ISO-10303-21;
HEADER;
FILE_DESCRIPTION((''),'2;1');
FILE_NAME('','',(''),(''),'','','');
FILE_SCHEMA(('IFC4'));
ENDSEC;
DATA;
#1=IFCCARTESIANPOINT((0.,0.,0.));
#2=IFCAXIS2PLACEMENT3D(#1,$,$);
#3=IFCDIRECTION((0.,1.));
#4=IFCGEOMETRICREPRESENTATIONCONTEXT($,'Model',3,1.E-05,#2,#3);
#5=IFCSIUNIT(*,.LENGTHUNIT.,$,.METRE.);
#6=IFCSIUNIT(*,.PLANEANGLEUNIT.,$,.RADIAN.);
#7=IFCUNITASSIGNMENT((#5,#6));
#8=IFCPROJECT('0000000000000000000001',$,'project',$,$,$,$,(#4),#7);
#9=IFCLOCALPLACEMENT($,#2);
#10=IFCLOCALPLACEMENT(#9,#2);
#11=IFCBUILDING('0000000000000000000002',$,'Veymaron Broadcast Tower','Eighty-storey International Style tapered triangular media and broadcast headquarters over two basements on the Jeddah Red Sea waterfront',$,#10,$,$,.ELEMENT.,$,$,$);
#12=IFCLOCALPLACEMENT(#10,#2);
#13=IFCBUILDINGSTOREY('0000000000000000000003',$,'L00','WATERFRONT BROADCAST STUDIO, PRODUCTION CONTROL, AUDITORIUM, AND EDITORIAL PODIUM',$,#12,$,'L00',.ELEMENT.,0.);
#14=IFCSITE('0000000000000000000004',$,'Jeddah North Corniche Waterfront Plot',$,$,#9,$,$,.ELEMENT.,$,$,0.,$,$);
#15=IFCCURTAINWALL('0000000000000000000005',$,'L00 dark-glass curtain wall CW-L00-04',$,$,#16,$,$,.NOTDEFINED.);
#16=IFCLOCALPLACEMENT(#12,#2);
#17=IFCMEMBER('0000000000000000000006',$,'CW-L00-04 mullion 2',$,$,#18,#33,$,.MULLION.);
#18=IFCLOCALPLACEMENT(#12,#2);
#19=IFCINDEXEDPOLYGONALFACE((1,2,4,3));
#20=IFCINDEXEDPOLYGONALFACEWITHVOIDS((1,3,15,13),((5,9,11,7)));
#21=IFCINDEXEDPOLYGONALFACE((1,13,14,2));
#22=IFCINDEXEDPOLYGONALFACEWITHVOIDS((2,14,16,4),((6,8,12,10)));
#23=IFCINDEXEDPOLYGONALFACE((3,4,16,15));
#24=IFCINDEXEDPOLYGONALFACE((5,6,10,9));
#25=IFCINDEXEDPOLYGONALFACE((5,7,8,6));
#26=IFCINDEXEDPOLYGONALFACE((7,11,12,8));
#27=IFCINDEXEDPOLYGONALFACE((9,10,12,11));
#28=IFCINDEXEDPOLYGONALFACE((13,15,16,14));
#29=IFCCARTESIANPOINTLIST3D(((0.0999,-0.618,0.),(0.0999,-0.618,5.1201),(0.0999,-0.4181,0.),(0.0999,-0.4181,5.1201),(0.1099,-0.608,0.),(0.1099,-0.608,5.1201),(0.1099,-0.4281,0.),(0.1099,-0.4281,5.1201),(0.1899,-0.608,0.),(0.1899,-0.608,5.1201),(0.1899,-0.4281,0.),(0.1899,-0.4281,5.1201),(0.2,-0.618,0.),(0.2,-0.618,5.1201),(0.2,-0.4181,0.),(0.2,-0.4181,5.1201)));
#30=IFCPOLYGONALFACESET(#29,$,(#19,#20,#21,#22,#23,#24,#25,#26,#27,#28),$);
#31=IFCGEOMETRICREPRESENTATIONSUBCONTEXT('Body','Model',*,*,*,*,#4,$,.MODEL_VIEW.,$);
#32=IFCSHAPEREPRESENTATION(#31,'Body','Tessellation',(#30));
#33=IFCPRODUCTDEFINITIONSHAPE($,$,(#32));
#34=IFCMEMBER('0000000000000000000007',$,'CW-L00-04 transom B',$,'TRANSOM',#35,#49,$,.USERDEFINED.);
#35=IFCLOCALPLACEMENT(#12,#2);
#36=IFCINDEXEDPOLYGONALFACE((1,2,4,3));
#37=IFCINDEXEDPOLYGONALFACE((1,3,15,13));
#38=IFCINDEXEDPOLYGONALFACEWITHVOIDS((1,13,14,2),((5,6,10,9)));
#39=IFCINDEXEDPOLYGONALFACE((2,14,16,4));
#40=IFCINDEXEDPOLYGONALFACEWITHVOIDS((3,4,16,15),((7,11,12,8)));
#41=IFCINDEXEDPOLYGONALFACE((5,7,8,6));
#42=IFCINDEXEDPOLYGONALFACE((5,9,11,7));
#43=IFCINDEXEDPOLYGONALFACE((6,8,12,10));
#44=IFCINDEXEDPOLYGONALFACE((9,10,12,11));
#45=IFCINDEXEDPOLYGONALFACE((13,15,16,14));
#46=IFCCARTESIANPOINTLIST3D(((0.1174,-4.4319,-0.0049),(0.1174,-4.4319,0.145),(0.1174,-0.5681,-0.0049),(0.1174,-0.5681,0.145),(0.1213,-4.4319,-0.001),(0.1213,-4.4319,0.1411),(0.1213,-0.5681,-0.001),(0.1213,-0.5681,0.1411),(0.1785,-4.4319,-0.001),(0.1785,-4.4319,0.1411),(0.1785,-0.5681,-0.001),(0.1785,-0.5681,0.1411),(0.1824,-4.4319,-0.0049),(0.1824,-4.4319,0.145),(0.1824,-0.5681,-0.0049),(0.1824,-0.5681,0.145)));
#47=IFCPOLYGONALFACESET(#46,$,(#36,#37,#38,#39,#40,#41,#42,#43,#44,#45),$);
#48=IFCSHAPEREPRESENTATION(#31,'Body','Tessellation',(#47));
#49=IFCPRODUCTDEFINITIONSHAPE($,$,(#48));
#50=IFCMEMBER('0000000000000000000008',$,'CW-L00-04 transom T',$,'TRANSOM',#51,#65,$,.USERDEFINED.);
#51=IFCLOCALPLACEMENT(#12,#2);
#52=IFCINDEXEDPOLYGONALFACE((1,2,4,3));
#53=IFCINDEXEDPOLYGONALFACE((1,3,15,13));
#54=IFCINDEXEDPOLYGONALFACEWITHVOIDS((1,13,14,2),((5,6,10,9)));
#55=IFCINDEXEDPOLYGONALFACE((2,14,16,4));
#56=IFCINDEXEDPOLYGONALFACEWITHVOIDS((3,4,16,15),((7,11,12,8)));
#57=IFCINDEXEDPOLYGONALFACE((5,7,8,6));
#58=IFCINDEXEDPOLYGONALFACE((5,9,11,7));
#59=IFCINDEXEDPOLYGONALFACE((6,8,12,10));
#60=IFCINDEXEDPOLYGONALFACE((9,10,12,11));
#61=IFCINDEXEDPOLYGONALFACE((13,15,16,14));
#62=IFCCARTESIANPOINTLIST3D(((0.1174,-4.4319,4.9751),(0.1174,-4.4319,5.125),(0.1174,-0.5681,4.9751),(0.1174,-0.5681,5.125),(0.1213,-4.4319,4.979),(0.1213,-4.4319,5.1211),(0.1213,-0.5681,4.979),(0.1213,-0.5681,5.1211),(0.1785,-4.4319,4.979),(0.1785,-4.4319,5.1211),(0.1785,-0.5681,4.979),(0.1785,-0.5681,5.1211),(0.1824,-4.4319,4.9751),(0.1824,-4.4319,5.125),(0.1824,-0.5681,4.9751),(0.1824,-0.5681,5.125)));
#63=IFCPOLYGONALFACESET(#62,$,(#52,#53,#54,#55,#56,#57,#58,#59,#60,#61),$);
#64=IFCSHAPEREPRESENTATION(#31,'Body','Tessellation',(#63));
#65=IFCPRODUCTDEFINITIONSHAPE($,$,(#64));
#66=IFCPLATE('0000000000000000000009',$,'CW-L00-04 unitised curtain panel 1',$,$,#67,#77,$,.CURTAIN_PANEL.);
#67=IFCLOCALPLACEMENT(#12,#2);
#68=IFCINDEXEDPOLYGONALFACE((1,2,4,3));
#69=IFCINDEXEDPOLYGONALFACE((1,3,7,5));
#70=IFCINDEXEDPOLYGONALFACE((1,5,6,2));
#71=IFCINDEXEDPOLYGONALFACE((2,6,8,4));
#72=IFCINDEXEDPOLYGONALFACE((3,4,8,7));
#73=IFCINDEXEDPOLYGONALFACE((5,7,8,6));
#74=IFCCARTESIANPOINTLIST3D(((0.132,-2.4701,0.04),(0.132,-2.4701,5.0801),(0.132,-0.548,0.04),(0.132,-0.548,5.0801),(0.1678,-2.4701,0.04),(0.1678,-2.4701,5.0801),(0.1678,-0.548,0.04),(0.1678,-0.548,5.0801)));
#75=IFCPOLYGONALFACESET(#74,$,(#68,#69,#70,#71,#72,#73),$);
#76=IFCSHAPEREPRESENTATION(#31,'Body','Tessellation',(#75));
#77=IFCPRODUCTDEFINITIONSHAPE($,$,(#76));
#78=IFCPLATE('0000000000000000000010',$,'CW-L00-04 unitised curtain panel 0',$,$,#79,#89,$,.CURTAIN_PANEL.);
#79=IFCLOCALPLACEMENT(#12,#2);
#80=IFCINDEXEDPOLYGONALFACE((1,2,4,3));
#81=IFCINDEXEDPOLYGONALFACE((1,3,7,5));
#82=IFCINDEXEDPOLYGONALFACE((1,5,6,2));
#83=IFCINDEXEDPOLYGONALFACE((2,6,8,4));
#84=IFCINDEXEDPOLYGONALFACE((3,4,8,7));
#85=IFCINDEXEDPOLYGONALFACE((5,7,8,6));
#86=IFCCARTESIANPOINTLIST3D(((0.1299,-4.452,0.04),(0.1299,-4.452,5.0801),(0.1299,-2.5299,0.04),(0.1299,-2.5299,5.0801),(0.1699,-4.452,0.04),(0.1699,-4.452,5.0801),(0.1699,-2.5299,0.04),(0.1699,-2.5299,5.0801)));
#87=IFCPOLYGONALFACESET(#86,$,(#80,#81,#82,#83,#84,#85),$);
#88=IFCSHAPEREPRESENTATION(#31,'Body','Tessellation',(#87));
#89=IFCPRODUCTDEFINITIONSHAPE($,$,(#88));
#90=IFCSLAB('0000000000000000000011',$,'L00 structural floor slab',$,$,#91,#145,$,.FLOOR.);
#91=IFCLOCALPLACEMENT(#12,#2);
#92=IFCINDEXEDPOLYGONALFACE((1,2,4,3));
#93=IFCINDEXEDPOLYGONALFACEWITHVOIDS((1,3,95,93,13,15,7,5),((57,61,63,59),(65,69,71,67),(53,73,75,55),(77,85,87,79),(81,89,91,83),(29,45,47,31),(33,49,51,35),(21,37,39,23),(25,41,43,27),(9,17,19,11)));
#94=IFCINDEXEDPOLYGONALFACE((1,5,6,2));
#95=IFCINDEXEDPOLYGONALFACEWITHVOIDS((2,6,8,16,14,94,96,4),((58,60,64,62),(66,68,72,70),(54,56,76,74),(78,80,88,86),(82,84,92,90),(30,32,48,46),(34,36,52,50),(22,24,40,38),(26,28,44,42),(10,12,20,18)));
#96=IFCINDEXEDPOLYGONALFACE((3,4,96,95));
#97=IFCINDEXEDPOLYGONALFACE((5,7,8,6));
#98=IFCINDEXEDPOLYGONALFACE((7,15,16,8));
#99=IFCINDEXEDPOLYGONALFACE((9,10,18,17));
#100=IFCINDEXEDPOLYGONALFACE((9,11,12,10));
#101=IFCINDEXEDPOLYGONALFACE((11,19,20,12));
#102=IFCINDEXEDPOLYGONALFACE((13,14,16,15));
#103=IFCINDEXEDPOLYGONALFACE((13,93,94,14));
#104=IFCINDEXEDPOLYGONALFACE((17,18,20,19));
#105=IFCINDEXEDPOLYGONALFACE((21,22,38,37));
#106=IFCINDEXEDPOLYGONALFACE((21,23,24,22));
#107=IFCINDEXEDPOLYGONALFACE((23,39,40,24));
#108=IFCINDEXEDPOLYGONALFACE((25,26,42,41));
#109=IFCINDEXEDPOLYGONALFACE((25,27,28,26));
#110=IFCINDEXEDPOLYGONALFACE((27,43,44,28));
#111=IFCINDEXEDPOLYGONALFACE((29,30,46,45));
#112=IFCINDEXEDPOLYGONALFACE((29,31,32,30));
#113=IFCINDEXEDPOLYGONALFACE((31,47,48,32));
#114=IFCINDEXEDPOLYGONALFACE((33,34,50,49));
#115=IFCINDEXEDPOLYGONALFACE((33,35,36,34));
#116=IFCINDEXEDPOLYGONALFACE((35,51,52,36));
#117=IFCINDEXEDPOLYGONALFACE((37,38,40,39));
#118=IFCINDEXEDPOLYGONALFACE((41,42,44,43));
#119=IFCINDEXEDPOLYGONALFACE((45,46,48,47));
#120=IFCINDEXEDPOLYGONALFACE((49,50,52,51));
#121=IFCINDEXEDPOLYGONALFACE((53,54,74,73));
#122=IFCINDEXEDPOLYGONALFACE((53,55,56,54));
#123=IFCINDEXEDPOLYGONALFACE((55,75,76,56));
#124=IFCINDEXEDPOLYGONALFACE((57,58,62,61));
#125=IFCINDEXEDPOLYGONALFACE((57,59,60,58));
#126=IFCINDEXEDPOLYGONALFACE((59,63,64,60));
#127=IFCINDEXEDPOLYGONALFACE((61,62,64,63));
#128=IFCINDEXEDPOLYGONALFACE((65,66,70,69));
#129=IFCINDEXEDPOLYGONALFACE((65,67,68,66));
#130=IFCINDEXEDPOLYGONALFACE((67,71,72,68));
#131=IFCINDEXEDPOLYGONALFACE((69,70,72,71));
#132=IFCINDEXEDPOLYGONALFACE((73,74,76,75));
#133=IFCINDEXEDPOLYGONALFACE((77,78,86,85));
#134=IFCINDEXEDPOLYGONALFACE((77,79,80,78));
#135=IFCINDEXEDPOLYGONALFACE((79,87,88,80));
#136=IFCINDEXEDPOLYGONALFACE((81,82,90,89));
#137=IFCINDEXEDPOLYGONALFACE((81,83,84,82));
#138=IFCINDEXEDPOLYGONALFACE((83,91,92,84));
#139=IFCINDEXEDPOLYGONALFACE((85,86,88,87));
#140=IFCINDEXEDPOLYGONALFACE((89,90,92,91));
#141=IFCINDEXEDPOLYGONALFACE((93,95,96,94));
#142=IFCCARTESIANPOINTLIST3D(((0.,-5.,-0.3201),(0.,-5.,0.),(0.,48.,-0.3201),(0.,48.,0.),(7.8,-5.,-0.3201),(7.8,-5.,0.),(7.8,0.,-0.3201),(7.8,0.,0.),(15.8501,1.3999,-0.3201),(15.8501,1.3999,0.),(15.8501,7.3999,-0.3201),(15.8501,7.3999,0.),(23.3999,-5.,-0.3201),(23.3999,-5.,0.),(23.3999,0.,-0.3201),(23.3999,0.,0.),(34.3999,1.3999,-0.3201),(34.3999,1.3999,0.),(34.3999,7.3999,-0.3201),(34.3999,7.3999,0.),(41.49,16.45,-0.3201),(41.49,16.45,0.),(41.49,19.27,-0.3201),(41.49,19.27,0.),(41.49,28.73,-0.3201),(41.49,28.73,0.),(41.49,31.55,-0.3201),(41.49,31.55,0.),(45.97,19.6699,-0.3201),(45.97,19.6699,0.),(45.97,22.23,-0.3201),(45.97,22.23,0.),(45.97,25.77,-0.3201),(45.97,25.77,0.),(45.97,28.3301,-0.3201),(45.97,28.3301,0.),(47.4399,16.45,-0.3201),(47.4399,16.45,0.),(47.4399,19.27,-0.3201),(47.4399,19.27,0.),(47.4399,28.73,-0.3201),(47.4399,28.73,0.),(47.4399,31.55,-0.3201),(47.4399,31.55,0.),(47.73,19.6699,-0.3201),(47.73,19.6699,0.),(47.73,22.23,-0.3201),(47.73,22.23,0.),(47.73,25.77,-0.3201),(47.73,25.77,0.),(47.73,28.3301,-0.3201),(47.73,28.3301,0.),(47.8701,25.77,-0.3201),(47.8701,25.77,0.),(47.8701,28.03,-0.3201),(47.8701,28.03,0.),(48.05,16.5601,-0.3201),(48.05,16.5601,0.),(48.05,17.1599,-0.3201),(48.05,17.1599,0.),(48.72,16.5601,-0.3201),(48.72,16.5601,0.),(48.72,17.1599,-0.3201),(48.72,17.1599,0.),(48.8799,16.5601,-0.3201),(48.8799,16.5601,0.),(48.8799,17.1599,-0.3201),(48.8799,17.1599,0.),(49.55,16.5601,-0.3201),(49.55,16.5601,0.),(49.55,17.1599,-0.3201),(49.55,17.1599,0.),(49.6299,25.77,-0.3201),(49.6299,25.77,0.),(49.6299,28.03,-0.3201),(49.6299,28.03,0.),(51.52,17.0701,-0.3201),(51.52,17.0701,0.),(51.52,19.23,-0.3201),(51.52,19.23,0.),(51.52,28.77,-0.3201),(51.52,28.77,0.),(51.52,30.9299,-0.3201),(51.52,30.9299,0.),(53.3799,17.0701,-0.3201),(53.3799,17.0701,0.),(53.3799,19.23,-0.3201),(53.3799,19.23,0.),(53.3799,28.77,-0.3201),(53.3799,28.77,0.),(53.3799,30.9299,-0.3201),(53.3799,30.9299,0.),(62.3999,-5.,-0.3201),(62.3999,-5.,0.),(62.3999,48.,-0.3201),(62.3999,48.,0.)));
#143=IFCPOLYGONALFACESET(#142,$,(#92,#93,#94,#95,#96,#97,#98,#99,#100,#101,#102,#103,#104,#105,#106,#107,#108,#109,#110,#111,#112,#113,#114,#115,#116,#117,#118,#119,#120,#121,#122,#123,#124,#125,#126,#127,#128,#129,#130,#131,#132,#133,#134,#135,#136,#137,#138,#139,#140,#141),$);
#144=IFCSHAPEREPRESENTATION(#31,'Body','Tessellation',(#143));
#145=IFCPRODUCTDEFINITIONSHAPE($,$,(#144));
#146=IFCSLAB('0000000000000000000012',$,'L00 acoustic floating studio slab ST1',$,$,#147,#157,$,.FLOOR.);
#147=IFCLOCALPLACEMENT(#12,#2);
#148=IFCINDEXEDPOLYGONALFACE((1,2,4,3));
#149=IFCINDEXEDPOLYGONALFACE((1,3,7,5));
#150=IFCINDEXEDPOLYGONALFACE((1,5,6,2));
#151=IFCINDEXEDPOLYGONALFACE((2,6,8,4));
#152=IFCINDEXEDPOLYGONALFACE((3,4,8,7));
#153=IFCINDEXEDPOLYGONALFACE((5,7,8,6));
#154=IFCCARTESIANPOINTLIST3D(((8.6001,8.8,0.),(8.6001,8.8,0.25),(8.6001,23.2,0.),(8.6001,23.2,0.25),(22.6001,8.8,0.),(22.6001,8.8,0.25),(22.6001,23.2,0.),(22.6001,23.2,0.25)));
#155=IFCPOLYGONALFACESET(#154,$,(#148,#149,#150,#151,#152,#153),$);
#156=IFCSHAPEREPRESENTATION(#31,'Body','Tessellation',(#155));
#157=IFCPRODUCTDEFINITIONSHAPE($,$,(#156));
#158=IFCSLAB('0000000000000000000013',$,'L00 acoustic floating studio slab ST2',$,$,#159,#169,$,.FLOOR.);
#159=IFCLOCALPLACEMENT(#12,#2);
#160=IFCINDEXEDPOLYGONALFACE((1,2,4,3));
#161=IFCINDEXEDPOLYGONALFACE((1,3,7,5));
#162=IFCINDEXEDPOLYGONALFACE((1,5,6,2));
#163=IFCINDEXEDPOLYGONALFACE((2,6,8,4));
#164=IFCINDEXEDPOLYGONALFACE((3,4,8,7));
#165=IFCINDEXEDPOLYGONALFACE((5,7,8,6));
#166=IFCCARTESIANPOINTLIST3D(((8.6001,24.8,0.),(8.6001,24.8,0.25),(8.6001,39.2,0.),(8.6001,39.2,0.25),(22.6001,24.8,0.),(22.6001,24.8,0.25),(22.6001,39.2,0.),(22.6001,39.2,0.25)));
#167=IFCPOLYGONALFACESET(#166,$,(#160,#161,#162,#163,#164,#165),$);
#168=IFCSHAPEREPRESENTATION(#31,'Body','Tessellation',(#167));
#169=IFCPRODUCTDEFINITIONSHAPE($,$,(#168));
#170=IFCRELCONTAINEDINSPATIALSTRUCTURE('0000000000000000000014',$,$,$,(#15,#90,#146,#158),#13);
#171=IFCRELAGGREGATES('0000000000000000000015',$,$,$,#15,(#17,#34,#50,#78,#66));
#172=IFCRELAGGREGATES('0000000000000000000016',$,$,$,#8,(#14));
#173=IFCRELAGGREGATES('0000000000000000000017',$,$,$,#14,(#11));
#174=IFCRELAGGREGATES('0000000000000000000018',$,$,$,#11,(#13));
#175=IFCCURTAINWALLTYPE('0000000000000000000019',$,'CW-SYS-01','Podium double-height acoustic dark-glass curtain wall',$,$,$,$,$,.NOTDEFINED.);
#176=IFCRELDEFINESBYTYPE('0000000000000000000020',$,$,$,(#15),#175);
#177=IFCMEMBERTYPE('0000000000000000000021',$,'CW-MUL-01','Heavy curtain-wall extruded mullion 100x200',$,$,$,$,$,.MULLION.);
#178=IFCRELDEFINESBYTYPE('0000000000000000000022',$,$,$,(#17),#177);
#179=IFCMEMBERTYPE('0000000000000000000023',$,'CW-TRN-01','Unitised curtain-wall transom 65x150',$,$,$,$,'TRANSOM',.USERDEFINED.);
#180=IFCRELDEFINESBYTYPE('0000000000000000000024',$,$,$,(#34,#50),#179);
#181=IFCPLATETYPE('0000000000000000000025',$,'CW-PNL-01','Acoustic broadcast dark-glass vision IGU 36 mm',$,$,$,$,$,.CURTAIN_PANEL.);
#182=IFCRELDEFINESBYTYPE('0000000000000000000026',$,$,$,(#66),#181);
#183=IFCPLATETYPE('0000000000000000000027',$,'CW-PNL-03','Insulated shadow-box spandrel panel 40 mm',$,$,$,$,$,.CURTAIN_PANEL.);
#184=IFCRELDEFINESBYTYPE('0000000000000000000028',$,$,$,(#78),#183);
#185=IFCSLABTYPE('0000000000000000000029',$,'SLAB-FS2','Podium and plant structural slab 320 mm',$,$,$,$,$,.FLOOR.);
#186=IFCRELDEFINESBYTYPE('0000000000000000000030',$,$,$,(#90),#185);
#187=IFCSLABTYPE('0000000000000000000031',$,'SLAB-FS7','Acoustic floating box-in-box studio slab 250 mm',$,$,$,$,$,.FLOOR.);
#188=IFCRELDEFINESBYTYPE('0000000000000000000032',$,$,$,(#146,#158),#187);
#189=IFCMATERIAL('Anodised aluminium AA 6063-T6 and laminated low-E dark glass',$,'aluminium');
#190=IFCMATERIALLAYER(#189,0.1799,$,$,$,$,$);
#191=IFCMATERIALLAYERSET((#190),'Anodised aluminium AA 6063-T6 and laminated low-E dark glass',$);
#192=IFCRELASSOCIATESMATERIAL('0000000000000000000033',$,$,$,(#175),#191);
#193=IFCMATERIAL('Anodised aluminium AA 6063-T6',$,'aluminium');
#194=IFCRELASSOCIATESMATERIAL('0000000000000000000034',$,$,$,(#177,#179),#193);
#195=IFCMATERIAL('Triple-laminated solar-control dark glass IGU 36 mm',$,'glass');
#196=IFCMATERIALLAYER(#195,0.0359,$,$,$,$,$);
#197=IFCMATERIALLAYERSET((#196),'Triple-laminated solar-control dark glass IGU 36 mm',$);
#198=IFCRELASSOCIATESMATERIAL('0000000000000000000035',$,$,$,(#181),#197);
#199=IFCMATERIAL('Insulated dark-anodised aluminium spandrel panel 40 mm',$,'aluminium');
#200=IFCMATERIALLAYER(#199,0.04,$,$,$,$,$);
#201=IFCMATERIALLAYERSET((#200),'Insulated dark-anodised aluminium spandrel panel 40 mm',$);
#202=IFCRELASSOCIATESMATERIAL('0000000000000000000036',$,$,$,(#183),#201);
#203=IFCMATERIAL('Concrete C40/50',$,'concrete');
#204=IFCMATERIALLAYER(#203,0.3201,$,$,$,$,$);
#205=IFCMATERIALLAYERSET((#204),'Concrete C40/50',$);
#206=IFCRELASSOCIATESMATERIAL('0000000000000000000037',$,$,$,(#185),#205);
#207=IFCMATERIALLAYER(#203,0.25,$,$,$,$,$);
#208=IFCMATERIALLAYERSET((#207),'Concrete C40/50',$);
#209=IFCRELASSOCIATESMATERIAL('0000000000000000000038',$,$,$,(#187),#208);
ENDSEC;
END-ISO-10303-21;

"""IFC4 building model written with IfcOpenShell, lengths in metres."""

from ifc_helpers import new_model, si_unit, direction, frame, origin, origin_2d, place, context, subcontext, project, spatial, polyline, rectangle, hollow_rectangle, outline, extrude, material, layer, layer_set, material_profile, profile_set, type_object, element, aggregate, save


model = new_model("IFC4")

# Units and contexts
model_context = context("Model", 3, precision=1e-05, world=origin(), true_north=direction((0.0, 1.0)))
body_context = subcontext(model_context, "Body", "Model", "MODEL_VIEW")
ifc_project = project(units=[si_unit("LENGTHUNIT", "METRE"), si_unit("PLANEANGLEUNIT", "RADIAN")], contexts=[model_context])

# Site, building, storey
site_placement = place(None, origin())
site = spatial("IfcSite", under=ifc_project, at=site_placement, Name="Jeddah North Corniche Waterfront Plot", CompositionType="ELEMENT", RefElevation=0.0)
building_placement = place(site_placement, origin())
building = spatial("IfcBuilding", under=site, at=building_placement, Name="Veymaron Broadcast Tower", Description="Eighty-storey International Style tapered triangular media and broadcast headquarters over two basements on the Jeddah Red Sea waterfront", CompositionType="ELEMENT")
storey_placement = place(building_placement, origin())
storey = spatial("IfcBuildingStorey", under=building, at=storey_placement, Name="L00", Description="WATERFRONT BROADCAST STUDIO, PRODUCTION CONTROL, AUDITORIUM, AND EDITORIAL PODIUM", LongName="L00", CompositionType="ELEMENT", Elevation=0.0)

# Curtain wall, members, plates
ifc_material_1 = material(Name="Anodised aluminium AA 6063-T6 and laminated low-E dark glass", Category="aluminium")
ifc_layer_1 = layer(ifc_material_1, 0.1799)
ifc_layer_set_1 = layer_set([ifc_layer_1], Name="Anodised aluminium AA 6063-T6 and laminated low-E dark glass")
curtain_wall_type = type_object("IfcCurtainWallType", Name="CW-SYS-01", Description="Podium double-height acoustic dark-glass curtain wall", PredefinedType="NOTDEFINED", material=ifc_layer_set_1)
curtain_wall_placement = place(storey_placement, origin())
curtain_wall = element("IfcCurtainWall", 1, at=curtain_wall_placement, inside=storey, type_object=curtain_wall_type, Name="L00 dark-glass curtain wall CW-L00-04", PredefinedType="NOTDEFINED")
ifc_material_2 = material(Name="Anodised aluminium AA 6063-T6", Category="aluminium")
ifc_material_profile_1 = material_profile(ifc_material_2, hollow_rectangle(XDim=0.1001, YDim=0.2, WallThickness=0.01, at=origin_2d()), Name="RHS200X100X10")
ifc_profile_set_1 = profile_set([ifc_material_profile_1], Name="Anodised aluminium AA 6063-T6")
member_type_1 = type_object("IfcMemberType", Name="CW-MUL-01", Description="Heavy curtain-wall extruded mullion 100x200", PredefinedType="MULLION", material=ifc_profile_set_1)
member_1_placement = place(storey_placement, frame((0.1499, -0.5181, 0.0), z_axis=(0.0, 0.0, 1.0), x_axis=(1.0, 0.0, 0.0)))
member_1 = element("IfcMember", 2, at=member_1_placement, type_object=member_type_1, Name="CW-L00-04 mullion 2", PredefinedType="MULLION", context=body_context, shape_type="SweptSolid", body=[
    extrude(hollow_rectangle(XDim=0.1001, YDim=0.2, WallThickness=0.01, at=origin_2d()), origin(), (0.0, 0.0, 1.0), 5.1201),
])
ifc_material_profile_2 = material_profile(ifc_material_2, hollow_rectangle(XDim=0.0649, YDim=0.1499, WallThickness=0.0039, at=origin_2d()), Name="AL150X65X4")
ifc_profile_set_2 = profile_set([ifc_material_profile_2], Name="Anodised aluminium AA 6063-T6")
member_type_2 = type_object("IfcMemberType", Name="CW-TRN-01", Description="Unitised curtain-wall transom 65x150", ElementType="TRANSOM", PredefinedType="USERDEFINED", material=ifc_profile_set_2)
member_2_placement = place(storey_placement, frame((0.1499, -4.4319, 0.0701), z_axis=(0.0, 1.0, 0.0), x_axis=(-1.0, 0.0, 0.0)))
member_2 = element("IfcMember", 3, at=member_2_placement, type_object=member_type_2, Name="CW-L00-04 transom B", ObjectType="TRANSOM", PredefinedType="USERDEFINED", context=body_context, shape_type="SweptSolid", body=[
    extrude(hollow_rectangle(XDim=0.0649, YDim=0.1499, WallThickness=0.0039, at=origin_2d()), origin(), (0.0, 0.0, 1.0), 3.8638),
])
member_3_placement = place(storey_placement, frame((0.1499, -4.4319, 5.05), z_axis=(0.0, 1.0, 0.0), x_axis=(-1.0, 0.0, 0.0)))
member_3 = element("IfcMember", 4, at=member_3_placement, type_object=member_type_2, Name="CW-L00-04 transom T", ObjectType="TRANSOM", PredefinedType="USERDEFINED", context=body_context, shape_type="SweptSolid", body=[
    extrude(hollow_rectangle(XDim=0.0649, YDim=0.1499, WallThickness=0.0039, at=origin_2d()), origin(), (0.0, 0.0, 1.0), 3.8638),
])
ifc_material_3 = material(Name="Triple-laminated solar-control dark glass IGU 36 mm", Category="glass")
ifc_layer_2 = layer(ifc_material_3, 0.0359)
ifc_layer_set_2 = layer_set([ifc_layer_2], Name="Triple-laminated solar-control dark glass IGU 36 mm")
plate_type_1 = type_object("IfcPlateType", Name="CW-PNL-01", Description="Acoustic broadcast dark-glass vision IGU 36 mm", PredefinedType="CURTAIN_PANEL", material=ifc_layer_set_2)
plate_1_placement = place(storey_placement, frame((0.1499, -1.509, 0.04), z_axis=(0.0, 0.0, 1.0), x_axis=(0.0, 1.0, 0.0)))
plate_1 = element("IfcPlate", 5, at=plate_1_placement, type_object=plate_type_1, Name="CW-L00-04 unitised curtain panel 1", PredefinedType="CURTAIN_PANEL", context=body_context, shape_type="SweptSolid", body=[
    extrude(rectangle(XDim=1.9221, YDim=0.0359, at=origin_2d()), origin(), (0.0, 0.0, 1.0), 5.04),
])
ifc_material_4 = material(Name="Insulated dark-anodised aluminium spandrel panel 40 mm", Category="aluminium")
ifc_layer_3 = layer(ifc_material_4, 0.04)
ifc_layer_set_3 = layer_set([ifc_layer_3], Name="Insulated dark-anodised aluminium spandrel panel 40 mm")
plate_type_2 = type_object("IfcPlateType", Name="CW-PNL-03", Description="Insulated shadow-box spandrel panel 40 mm", PredefinedType="CURTAIN_PANEL", material=ifc_layer_set_3)
plate_2_placement = place(storey_placement, frame((0.1499, -3.491, 0.04), z_axis=(0.0, 0.0, 1.0), x_axis=(0.0, 1.0, 0.0)))
plate_2 = element("IfcPlate", 6, at=plate_2_placement, type_object=plate_type_2, Name="CW-L00-04 unitised curtain panel 0", PredefinedType="CURTAIN_PANEL", context=body_context, shape_type="SweptSolid", body=[
    extrude(rectangle(XDim=1.9221, YDim=0.04, at=origin_2d()), origin(), (0.0, 0.0, 1.0), 5.04),
])
aggregate(curtain_wall, [member_1, member_2, member_3, plate_2, plate_1])

# Slabs
ifc_material_5 = material(Name="Concrete C40/50", Category="concrete")
ifc_layer_4 = layer(ifc_material_5, 0.3201)
ifc_layer_set_4 = layer_set([ifc_layer_4], Name="Concrete C40/50")
slab_type_1 = type_object("IfcSlabType", Name="SLAB-FS2", Description="Podium and plant structural slab 320 mm", PredefinedType="FLOOR", material=ifc_layer_set_4)
slab_1_placement = place(storey_placement, frame((0.0, 0.0, -0.3201)))
element("IfcSlab", 7, at=slab_1_placement, inside=storey, type_object=slab_type_1, Name="L00 structural floor slab", PredefinedType="FLOOR", context=body_context, shape_type="SweptSolid", body=[
    extrude(outline(polyline([(0.0, -5.0), (7.8, -5.0), (7.8, 0.0), (23.3999, 0.0), (23.3999, -5.0), (62.3999, -5.0), (62.3999, 48.0), (0.0, 48.0), (0.0, -5.0)]), holes=[polyline([(45.97, 28.3301), (47.73, 28.3301), (47.73, 25.77), (45.97, 25.77), (45.97, 28.3301)]), polyline([(45.97, 22.23), (47.73, 22.23), (47.73, 19.6699), (45.97, 19.6699), (45.97, 22.23)]), polyline([(47.8701, 28.03), (49.6299, 28.03), (49.6299, 25.77), (47.8701, 25.77), (47.8701, 28.03)]), polyline([(51.52, 30.9299), (53.3799, 30.9299), (53.3799, 28.77), (51.52, 28.77), (51.52, 30.9299)]), polyline([(51.52, 19.23), (53.3799, 19.23), (53.3799, 17.0701), (51.52, 17.0701), (51.52, 19.23)]), polyline([(15.8501, 7.3999), (34.3999, 7.3999), (34.3999, 1.3999), (15.8501, 1.3999), (15.8501, 7.3999)]), polyline([(48.05, 17.1599), (48.72, 17.1599), (48.72, 16.5601), (48.05, 16.5601), (48.05, 17.1599)]), polyline([(48.8799, 17.1599), (49.55, 17.1599), (49.55, 16.5601), (48.8799, 16.5601), (48.8799, 17.1599)]), polyline([(41.49, 31.55), (47.4399, 31.55), (47.4399, 28.73), (41.49, 28.73), (41.49, 31.55)]), polyline([(41.49, 19.27), (47.4399, 19.27), (47.4399, 16.45), (41.49, 16.45), (41.49, 19.27)])]), origin(), (0.0, 0.0, 1.0), 0.3201),
])
ifc_layer_5 = layer(ifc_material_5, 0.25)
ifc_layer_set_5 = layer_set([ifc_layer_5], Name="Concrete C40/50")
slab_type_2 = type_object("IfcSlabType", Name="SLAB-FS7", Description="Acoustic floating box-in-box studio slab 250 mm", PredefinedType="FLOOR", material=ifc_layer_set_5)
slab_2_placement = place(storey_placement, origin())
element("IfcSlab", 8, at=slab_2_placement, inside=storey, type_object=slab_type_2, Name="L00 acoustic floating studio slab ST1", PredefinedType="FLOOR", context=body_context, shape_type="SweptSolid", body=[
    extrude(outline(polyline([(8.6001, 8.8), (22.6001, 8.8), (22.6001, 23.2), (8.6001, 23.2), (8.6001, 8.8)])), origin(), (0.0, 0.0, 1.0), 0.25),
])
slab_3_placement = place(storey_placement, origin())
element("IfcSlab", 9, at=slab_3_placement, inside=storey, type_object=slab_type_2, Name="L00 acoustic floating studio slab ST2", PredefinedType="FLOOR", context=body_context, shape_type="SweptSolid", body=[
    extrude(outline(polyline([(8.6001, 24.8), (22.6001, 24.8), (22.6001, 39.2), (8.6001, 39.2), (8.6001, 24.8)])), origin(), (0.0, 0.0, 1.0), 0.25),
])

save(model, "model.ifc")
